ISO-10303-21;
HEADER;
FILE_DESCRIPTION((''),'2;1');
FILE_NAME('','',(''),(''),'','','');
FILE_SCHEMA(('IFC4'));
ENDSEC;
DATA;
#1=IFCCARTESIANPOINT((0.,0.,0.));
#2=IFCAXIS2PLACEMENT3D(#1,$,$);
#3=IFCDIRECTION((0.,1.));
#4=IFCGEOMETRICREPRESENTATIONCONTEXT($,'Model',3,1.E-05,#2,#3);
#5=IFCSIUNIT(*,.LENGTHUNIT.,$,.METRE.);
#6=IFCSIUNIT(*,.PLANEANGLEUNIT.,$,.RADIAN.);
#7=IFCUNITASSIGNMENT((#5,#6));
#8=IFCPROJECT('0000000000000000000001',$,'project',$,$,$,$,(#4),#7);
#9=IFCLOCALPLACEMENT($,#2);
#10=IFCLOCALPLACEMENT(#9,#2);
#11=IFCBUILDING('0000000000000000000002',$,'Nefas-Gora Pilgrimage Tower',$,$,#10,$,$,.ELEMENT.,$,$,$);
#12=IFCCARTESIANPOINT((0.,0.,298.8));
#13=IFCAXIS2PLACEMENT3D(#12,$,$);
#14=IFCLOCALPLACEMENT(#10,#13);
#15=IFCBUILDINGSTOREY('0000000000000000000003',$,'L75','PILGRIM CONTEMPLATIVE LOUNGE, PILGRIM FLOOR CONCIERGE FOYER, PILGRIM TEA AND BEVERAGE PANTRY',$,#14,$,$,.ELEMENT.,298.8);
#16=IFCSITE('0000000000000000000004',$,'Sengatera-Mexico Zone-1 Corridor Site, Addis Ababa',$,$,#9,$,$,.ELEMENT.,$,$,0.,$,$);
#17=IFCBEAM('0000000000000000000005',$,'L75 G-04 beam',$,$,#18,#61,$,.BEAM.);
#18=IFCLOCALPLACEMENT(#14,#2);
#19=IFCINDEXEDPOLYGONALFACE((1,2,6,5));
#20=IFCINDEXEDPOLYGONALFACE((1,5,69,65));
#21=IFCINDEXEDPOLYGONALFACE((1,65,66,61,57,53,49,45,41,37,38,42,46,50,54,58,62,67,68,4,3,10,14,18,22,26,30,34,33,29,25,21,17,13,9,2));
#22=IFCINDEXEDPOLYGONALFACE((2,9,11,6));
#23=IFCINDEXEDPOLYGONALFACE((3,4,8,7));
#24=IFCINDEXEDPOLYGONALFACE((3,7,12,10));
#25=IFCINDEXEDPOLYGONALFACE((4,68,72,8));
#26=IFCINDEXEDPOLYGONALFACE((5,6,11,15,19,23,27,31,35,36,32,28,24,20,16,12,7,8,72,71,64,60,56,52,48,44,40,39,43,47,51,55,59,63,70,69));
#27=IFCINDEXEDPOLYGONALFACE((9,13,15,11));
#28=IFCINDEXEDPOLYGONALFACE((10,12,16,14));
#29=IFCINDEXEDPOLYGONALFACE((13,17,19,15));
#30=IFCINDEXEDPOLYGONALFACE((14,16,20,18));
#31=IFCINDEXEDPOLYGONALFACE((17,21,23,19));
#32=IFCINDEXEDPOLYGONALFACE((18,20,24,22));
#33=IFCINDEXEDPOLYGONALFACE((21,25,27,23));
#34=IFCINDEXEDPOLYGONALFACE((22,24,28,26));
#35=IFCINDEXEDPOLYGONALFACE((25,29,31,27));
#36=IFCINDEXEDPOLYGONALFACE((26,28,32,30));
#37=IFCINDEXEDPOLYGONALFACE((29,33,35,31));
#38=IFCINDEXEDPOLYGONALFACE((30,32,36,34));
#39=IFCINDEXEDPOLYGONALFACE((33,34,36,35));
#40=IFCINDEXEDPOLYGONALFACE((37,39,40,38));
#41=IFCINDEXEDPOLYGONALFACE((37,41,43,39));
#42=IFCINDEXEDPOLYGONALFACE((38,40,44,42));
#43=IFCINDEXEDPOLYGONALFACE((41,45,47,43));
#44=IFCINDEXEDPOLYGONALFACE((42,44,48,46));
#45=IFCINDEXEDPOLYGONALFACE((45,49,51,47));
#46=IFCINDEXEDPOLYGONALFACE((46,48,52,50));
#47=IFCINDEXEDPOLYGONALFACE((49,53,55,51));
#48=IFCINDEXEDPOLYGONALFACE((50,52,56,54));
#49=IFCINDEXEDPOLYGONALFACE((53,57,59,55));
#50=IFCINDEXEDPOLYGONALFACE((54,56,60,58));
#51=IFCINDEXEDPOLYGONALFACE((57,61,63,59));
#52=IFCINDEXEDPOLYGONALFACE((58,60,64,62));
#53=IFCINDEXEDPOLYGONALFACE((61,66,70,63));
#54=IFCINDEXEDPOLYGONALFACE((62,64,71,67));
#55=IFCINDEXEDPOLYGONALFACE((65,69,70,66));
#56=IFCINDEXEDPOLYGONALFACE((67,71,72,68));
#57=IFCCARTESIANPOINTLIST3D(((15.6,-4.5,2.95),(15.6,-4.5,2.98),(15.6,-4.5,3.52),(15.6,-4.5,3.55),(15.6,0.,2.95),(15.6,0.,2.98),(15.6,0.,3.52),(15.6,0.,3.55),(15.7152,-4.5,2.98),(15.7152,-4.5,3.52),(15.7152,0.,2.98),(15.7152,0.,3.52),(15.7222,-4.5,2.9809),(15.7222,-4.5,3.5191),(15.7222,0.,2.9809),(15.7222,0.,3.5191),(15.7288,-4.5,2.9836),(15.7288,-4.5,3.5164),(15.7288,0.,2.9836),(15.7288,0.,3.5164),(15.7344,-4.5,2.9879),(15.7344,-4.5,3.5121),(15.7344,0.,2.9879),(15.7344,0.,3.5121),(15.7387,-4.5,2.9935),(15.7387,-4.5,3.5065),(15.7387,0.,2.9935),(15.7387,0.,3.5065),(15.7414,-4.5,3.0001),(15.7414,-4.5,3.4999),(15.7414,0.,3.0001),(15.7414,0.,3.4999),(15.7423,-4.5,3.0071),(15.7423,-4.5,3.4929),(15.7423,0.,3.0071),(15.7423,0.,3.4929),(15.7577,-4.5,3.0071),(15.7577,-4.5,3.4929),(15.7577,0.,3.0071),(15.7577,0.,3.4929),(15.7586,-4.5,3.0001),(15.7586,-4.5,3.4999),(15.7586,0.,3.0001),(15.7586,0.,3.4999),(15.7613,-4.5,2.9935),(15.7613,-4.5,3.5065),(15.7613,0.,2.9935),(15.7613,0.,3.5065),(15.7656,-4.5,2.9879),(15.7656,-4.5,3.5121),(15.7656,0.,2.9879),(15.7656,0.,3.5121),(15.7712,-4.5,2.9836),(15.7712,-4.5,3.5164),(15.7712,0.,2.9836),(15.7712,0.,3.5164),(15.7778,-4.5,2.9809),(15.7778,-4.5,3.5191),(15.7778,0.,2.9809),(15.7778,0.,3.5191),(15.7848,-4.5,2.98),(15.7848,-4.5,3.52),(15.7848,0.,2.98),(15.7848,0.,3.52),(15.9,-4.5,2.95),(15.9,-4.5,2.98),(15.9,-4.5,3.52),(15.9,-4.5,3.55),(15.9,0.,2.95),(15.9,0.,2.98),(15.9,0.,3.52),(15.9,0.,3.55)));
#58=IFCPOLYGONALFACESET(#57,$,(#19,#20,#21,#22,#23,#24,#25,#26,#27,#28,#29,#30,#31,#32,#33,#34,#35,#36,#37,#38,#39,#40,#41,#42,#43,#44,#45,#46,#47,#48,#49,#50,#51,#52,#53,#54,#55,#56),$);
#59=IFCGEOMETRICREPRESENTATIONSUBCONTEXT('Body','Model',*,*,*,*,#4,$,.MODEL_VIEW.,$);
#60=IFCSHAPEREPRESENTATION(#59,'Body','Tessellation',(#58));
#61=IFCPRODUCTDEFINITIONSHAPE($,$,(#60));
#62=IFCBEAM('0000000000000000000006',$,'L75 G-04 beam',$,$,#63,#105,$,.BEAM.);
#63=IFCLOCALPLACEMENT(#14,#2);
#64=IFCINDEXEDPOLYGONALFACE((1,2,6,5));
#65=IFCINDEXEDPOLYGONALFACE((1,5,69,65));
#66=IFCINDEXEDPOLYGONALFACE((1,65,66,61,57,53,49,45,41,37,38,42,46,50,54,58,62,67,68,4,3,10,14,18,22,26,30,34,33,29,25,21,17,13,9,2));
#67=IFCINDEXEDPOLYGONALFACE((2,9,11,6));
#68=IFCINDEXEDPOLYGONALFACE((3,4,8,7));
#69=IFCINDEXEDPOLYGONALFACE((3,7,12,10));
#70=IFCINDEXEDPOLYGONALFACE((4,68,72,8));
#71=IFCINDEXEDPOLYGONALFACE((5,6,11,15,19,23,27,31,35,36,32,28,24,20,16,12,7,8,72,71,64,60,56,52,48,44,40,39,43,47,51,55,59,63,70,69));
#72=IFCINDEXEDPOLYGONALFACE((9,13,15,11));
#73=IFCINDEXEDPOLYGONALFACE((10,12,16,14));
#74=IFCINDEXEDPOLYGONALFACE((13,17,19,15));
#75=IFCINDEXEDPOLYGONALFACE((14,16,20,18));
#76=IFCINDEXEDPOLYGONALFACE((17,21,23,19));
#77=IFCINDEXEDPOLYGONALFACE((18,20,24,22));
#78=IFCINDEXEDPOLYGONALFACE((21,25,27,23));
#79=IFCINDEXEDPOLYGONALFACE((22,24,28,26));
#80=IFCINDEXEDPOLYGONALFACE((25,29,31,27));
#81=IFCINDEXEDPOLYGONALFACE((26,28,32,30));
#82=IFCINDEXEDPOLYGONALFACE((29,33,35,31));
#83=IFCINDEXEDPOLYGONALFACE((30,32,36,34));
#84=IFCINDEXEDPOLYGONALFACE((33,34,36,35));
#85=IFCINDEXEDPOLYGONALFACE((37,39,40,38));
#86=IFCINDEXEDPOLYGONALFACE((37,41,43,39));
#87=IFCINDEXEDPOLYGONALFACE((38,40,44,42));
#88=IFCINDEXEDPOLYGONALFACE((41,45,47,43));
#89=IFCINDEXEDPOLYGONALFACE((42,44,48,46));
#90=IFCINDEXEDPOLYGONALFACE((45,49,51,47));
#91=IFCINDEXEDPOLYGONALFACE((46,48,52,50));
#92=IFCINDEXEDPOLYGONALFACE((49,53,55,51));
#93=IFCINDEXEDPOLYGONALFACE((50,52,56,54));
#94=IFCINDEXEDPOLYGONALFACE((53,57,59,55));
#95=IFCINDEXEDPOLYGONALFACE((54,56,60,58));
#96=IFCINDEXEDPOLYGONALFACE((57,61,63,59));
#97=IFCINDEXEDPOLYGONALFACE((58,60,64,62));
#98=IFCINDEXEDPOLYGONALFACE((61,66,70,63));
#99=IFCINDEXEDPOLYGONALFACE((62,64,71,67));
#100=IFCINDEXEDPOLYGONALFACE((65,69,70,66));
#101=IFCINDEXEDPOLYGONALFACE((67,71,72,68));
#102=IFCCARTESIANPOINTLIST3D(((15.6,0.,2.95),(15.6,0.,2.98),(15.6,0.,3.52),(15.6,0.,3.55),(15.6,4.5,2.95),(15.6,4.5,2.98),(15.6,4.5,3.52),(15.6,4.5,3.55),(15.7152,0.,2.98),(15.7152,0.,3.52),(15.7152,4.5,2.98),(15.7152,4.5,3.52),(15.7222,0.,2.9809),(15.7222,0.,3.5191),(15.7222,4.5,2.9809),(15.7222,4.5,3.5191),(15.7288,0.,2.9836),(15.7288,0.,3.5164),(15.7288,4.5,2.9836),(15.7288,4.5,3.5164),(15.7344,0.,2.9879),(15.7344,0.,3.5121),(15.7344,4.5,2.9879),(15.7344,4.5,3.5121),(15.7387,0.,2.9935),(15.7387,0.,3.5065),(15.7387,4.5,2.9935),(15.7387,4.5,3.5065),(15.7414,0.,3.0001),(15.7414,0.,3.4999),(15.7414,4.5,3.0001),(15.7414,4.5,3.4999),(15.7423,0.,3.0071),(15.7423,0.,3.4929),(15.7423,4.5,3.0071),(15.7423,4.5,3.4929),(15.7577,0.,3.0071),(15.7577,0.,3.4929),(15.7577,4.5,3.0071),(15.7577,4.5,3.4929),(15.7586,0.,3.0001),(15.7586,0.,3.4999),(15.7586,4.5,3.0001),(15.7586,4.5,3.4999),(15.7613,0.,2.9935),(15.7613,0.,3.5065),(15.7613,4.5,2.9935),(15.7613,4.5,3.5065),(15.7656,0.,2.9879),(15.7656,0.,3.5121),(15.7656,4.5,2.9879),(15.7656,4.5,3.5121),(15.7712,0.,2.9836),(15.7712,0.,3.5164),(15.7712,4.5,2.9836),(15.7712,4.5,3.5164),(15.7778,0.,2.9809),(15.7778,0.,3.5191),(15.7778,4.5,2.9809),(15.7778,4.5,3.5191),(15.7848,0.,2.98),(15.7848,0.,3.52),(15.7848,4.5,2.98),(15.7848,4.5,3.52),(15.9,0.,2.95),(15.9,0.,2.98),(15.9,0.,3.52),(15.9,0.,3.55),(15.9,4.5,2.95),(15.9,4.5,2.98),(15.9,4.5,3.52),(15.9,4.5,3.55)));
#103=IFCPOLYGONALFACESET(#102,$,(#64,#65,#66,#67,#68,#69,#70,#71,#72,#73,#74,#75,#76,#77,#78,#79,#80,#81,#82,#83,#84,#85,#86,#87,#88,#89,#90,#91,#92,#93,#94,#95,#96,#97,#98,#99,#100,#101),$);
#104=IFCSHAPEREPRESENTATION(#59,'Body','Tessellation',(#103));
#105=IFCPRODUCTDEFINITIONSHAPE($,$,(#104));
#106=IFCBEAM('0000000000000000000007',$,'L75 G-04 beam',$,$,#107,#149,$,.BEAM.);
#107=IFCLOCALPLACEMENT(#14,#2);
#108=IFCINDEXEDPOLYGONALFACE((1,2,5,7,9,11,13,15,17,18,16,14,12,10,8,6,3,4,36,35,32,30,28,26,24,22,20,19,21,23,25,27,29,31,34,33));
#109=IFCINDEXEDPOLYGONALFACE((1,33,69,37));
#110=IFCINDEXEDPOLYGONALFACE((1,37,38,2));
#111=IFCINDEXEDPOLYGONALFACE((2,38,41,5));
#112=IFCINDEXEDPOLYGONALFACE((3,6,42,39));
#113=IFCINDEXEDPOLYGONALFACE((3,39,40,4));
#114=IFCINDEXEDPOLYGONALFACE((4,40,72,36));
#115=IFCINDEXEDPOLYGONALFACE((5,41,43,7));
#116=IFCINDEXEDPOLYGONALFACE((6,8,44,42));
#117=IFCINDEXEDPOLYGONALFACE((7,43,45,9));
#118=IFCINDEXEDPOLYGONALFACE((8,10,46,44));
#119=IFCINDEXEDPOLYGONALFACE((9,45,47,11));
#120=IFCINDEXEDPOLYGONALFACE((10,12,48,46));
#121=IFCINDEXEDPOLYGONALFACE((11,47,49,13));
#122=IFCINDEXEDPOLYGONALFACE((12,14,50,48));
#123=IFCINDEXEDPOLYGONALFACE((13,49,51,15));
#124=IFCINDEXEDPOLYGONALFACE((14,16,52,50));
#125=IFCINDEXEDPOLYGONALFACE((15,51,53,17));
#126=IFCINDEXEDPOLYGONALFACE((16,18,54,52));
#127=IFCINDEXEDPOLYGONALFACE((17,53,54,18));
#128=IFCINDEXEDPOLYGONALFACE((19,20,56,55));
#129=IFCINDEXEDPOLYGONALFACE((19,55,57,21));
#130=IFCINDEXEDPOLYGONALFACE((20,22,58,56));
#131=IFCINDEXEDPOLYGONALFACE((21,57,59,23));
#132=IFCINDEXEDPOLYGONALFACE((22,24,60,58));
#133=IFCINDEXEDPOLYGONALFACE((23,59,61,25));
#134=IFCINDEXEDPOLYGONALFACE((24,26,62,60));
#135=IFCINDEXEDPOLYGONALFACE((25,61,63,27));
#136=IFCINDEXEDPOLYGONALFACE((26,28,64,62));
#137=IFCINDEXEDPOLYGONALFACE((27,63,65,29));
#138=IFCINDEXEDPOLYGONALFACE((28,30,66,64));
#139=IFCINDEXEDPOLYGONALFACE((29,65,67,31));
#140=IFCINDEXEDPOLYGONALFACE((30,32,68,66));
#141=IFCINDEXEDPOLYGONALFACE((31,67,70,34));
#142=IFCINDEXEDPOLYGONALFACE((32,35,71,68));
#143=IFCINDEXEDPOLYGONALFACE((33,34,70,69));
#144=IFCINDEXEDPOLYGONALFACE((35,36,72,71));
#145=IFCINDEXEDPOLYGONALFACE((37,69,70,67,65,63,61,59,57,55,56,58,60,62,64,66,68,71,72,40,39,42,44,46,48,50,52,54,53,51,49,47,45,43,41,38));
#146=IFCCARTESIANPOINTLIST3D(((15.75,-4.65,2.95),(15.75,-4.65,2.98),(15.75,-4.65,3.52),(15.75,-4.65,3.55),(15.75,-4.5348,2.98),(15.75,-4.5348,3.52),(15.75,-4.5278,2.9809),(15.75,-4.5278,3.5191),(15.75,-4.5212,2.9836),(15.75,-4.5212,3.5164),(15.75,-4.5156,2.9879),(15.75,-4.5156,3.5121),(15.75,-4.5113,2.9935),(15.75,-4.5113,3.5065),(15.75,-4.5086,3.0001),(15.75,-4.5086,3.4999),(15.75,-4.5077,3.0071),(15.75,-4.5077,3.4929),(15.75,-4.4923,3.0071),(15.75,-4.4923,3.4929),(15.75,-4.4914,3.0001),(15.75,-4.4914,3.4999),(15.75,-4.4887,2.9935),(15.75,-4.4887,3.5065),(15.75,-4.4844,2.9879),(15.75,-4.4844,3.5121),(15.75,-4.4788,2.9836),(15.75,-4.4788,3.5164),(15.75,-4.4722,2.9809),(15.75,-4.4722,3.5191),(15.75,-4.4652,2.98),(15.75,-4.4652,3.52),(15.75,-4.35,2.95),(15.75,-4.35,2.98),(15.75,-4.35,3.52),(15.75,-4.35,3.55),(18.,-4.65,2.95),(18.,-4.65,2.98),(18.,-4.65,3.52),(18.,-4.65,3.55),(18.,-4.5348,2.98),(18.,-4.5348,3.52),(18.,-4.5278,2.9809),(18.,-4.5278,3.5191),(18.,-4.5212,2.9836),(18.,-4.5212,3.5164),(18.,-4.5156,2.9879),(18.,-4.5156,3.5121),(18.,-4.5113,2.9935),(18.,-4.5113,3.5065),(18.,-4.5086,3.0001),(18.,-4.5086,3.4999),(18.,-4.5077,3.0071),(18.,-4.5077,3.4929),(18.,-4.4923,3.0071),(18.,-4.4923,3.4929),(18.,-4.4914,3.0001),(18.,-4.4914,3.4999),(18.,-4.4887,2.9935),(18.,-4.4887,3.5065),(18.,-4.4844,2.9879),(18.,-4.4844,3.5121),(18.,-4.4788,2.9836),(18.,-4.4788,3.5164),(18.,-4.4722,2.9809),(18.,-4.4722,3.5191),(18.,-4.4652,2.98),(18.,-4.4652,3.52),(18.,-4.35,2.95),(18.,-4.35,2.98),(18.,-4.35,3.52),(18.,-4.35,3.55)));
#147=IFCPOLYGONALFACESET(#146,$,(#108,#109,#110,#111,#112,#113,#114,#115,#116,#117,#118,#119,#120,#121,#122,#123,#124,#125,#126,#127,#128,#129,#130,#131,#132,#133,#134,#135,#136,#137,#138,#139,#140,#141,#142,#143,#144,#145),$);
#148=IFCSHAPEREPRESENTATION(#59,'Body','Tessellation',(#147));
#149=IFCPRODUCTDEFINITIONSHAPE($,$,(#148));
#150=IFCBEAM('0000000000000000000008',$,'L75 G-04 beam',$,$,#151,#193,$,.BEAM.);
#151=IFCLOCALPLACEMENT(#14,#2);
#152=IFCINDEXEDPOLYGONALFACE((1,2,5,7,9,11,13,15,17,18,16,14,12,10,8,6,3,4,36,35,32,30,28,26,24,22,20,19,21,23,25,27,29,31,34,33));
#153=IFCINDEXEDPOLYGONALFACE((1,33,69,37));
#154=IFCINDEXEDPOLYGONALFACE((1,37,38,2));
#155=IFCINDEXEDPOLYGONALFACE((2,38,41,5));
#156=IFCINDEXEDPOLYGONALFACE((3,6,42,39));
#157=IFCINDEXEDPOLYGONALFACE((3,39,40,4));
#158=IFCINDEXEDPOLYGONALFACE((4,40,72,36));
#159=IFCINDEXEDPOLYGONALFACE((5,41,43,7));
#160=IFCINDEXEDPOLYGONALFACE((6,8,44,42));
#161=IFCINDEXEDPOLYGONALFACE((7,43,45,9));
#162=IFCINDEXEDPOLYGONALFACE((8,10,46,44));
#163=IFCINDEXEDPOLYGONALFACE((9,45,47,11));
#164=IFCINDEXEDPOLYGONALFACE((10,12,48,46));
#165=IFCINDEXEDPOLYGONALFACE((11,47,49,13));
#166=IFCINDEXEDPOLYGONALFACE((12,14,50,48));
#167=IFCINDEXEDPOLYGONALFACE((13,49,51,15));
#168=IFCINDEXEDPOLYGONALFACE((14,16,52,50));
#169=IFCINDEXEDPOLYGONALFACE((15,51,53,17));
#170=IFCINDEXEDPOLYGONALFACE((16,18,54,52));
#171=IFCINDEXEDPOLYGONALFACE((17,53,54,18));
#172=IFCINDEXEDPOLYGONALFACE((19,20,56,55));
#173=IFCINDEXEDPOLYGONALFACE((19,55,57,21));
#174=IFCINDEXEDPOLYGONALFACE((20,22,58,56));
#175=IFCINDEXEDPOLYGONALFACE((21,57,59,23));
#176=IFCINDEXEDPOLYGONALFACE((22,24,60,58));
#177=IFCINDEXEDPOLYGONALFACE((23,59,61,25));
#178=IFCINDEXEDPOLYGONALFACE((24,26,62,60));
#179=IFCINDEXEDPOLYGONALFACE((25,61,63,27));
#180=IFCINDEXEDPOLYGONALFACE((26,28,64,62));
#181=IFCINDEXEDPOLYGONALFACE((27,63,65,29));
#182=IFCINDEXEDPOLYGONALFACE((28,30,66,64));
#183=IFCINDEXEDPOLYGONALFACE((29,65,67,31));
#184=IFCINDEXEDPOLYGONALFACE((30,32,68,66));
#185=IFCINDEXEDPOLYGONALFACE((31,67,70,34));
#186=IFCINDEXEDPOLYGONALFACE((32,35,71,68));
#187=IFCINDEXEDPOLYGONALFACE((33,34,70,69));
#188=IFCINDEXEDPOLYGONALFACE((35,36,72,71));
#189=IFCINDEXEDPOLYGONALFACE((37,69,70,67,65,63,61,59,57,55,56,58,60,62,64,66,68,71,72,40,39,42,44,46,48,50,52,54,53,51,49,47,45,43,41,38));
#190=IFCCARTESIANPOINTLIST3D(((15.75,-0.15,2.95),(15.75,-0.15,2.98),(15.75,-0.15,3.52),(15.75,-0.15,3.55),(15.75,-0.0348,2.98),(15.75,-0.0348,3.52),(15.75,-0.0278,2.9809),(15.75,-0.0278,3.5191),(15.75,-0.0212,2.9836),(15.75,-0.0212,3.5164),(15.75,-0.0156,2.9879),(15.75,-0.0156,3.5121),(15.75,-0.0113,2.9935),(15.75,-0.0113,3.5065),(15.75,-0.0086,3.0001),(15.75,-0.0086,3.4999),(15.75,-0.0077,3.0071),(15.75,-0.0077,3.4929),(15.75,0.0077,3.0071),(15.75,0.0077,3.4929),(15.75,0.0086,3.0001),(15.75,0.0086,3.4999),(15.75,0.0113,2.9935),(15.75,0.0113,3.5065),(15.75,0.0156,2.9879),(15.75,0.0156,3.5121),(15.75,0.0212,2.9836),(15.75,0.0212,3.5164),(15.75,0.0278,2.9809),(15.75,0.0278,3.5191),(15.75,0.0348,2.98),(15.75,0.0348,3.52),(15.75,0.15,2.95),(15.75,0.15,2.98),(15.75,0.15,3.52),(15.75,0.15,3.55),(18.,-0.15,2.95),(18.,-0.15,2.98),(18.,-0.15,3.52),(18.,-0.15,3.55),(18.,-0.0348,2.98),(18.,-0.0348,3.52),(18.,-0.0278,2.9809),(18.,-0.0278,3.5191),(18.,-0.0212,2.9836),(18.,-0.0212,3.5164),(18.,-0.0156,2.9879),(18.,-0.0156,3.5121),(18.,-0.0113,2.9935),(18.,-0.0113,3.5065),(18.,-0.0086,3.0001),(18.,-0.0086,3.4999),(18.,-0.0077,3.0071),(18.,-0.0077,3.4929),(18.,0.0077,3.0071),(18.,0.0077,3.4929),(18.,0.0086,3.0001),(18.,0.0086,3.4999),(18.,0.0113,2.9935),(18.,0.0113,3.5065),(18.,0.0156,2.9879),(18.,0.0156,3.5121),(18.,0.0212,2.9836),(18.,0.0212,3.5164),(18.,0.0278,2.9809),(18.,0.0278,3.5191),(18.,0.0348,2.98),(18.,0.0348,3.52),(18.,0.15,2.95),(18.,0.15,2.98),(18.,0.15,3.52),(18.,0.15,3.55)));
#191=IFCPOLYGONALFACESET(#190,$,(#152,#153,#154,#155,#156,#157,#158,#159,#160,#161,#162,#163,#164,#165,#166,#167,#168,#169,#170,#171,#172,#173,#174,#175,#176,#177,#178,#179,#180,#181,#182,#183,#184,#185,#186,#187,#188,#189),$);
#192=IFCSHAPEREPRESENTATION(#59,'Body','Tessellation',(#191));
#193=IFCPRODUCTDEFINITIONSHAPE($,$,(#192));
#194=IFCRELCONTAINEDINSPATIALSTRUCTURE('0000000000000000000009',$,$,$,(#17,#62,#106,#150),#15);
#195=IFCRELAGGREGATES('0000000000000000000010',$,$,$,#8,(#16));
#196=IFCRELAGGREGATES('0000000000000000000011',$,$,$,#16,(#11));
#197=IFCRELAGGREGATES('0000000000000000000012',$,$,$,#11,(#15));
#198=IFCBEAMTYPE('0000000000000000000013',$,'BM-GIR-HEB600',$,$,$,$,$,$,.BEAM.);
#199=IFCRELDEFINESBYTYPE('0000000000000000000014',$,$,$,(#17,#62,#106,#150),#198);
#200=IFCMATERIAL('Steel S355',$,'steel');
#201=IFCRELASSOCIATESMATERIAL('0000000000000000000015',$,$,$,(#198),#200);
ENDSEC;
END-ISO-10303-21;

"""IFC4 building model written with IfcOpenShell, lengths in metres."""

from ifc_helpers import new_model, si_unit, direction, frame, origin, origin_2d, place, context, subcontext, project, spatial, i_section, extrude, source, transform, mapped, material, material_profile, profile_set, type_object, element, save


model = new_model("IFC4")

# Units and contexts
model_context = context("Model", 3, precision=1e-05, world=origin(), true_north=direction((0.0, 1.0)))
body_context = subcontext(model_context, "Body", "Model", "MODEL_VIEW")
ifc_project = project(units=[si_unit("LENGTHUNIT", "METRE"), si_unit("PLANEANGLEUNIT", "RADIAN")], contexts=[model_context])

# Site, building, storey
site_placement = place(None, origin())
site = spatial("IfcSite", under=ifc_project, at=site_placement, Name="Sengatera-Mexico Zone-1 Corridor Site, Addis Ababa", CompositionType="ELEMENT", RefElevation=0.0)
building_placement = place(site_placement, origin())
building = spatial("IfcBuilding", under=site, at=building_placement, Name="Nefas-Gora Pilgrimage Tower", CompositionType="ELEMENT")
storey_placement = place(building_placement, frame((0.0, 0.0, 298.8)))
storey = spatial("IfcBuildingStorey", under=building, at=storey_placement, Name="L75", Description="PILGRIM CONTEMPLATIVE LOUNGE, PILGRIM FLOOR CONCIERGE FOYER, PILGRIM TEA AND BEVERAGE PANTRY", CompositionType="ELEMENT", Elevation=298.8)

# Shared definitions
ifc_material_1 = material(Name="Steel S355", Category="steel")

# Beams
ifc_material_profile_1 = material_profile(ifc_material_1, i_section(OverallWidth=0.3, OverallDepth=0.6001, WebThickness=0.0154, FlangeThickness=0.03, FilletRadius=0.0271, at=origin_2d()), Name="HEB 600")
ifc_profile_set_1 = profile_set([ifc_material_profile_1], Name="Steel S355")
beam_type_1 = type_object("IfcBeamType", Name="BM-GIR-HEB600", PredefinedType="BEAM", material=ifc_profile_set_1)
shared_shape_1 = source(origin(), body_context, "Body", "SweptSolid", [
    extrude(i_section(OverallWidth=0.3, OverallDepth=0.6001, WebThickness=0.0154, FlangeThickness=0.03, FilletRadius=0.0271, at=origin_2d()), origin(), (0.0, 0.0, 1.0), 4.5),
])
for number, where, z_axis, x_axis, name in (
    (1, (15.75, -4.5, 3.25), (0.0, 1.0, 0.0), (-1.0, 0.0, 0.0), "L75 G-04 beam"),
    (2, (15.75, 0.0, 3.25), (0.0, 1.0, 0.0), (-1.0, 0.0, 0.0), "L75 G-04 beam"),
):
    element("IfcBeam", number, at=place(storey_placement, frame(where, z_axis=z_axis, x_axis=x_axis)), inside=storey, type_object=beam_type_1, Name=name, PredefinedType="BEAM", context=body_context, shape_type="MappedRepresentation", body=[
        mapped(shared_shape_1, transform((0.0, 0.0, 0.0), x_axis=(1.0, 0.0, 0.0), y_axis=(0.0, 1.0, 0.0), z_axis=(0.0, 0.0, 1.0), scale=1.0)),
    ])
shared_shape_2 = source(origin(), body_context, "Body", "SweptSolid", [
    extrude(i_section(OverallWidth=0.3, OverallDepth=0.6001, WebThickness=0.0154, FlangeThickness=0.03, FilletRadius=0.0271, at=origin_2d()), origin(), (0.0, 0.0, 1.0), 2.25),
])
for number, where, z_axis, x_axis, name in (
    (3, (15.75, -4.5, 3.25), (1.0, 0.0, 0.0), (0.0, 1.0, 0.0), "L75 G-04 beam"),
    (4, (15.75, 0.0, 3.25), (1.0, 0.0, 0.0), (0.0, 1.0, 0.0), "L75 G-04 beam"),
):
    element("IfcBeam", number, at=place(storey_placement, frame(where, z_axis=z_axis, x_axis=x_axis)), inside=storey, type_object=beam_type_1, Name=name, PredefinedType="BEAM", context=body_context, shape_type="MappedRepresentation", body=[
        mapped(shared_shape_2, transform((0.0, 0.0, 0.0), x_axis=(1.0, 0.0, 0.0), y_axis=(0.0, 1.0, 0.0), z_axis=(0.0, 0.0, 1.0), scale=1.0)),
    ])

save(model, "model.ifc")
